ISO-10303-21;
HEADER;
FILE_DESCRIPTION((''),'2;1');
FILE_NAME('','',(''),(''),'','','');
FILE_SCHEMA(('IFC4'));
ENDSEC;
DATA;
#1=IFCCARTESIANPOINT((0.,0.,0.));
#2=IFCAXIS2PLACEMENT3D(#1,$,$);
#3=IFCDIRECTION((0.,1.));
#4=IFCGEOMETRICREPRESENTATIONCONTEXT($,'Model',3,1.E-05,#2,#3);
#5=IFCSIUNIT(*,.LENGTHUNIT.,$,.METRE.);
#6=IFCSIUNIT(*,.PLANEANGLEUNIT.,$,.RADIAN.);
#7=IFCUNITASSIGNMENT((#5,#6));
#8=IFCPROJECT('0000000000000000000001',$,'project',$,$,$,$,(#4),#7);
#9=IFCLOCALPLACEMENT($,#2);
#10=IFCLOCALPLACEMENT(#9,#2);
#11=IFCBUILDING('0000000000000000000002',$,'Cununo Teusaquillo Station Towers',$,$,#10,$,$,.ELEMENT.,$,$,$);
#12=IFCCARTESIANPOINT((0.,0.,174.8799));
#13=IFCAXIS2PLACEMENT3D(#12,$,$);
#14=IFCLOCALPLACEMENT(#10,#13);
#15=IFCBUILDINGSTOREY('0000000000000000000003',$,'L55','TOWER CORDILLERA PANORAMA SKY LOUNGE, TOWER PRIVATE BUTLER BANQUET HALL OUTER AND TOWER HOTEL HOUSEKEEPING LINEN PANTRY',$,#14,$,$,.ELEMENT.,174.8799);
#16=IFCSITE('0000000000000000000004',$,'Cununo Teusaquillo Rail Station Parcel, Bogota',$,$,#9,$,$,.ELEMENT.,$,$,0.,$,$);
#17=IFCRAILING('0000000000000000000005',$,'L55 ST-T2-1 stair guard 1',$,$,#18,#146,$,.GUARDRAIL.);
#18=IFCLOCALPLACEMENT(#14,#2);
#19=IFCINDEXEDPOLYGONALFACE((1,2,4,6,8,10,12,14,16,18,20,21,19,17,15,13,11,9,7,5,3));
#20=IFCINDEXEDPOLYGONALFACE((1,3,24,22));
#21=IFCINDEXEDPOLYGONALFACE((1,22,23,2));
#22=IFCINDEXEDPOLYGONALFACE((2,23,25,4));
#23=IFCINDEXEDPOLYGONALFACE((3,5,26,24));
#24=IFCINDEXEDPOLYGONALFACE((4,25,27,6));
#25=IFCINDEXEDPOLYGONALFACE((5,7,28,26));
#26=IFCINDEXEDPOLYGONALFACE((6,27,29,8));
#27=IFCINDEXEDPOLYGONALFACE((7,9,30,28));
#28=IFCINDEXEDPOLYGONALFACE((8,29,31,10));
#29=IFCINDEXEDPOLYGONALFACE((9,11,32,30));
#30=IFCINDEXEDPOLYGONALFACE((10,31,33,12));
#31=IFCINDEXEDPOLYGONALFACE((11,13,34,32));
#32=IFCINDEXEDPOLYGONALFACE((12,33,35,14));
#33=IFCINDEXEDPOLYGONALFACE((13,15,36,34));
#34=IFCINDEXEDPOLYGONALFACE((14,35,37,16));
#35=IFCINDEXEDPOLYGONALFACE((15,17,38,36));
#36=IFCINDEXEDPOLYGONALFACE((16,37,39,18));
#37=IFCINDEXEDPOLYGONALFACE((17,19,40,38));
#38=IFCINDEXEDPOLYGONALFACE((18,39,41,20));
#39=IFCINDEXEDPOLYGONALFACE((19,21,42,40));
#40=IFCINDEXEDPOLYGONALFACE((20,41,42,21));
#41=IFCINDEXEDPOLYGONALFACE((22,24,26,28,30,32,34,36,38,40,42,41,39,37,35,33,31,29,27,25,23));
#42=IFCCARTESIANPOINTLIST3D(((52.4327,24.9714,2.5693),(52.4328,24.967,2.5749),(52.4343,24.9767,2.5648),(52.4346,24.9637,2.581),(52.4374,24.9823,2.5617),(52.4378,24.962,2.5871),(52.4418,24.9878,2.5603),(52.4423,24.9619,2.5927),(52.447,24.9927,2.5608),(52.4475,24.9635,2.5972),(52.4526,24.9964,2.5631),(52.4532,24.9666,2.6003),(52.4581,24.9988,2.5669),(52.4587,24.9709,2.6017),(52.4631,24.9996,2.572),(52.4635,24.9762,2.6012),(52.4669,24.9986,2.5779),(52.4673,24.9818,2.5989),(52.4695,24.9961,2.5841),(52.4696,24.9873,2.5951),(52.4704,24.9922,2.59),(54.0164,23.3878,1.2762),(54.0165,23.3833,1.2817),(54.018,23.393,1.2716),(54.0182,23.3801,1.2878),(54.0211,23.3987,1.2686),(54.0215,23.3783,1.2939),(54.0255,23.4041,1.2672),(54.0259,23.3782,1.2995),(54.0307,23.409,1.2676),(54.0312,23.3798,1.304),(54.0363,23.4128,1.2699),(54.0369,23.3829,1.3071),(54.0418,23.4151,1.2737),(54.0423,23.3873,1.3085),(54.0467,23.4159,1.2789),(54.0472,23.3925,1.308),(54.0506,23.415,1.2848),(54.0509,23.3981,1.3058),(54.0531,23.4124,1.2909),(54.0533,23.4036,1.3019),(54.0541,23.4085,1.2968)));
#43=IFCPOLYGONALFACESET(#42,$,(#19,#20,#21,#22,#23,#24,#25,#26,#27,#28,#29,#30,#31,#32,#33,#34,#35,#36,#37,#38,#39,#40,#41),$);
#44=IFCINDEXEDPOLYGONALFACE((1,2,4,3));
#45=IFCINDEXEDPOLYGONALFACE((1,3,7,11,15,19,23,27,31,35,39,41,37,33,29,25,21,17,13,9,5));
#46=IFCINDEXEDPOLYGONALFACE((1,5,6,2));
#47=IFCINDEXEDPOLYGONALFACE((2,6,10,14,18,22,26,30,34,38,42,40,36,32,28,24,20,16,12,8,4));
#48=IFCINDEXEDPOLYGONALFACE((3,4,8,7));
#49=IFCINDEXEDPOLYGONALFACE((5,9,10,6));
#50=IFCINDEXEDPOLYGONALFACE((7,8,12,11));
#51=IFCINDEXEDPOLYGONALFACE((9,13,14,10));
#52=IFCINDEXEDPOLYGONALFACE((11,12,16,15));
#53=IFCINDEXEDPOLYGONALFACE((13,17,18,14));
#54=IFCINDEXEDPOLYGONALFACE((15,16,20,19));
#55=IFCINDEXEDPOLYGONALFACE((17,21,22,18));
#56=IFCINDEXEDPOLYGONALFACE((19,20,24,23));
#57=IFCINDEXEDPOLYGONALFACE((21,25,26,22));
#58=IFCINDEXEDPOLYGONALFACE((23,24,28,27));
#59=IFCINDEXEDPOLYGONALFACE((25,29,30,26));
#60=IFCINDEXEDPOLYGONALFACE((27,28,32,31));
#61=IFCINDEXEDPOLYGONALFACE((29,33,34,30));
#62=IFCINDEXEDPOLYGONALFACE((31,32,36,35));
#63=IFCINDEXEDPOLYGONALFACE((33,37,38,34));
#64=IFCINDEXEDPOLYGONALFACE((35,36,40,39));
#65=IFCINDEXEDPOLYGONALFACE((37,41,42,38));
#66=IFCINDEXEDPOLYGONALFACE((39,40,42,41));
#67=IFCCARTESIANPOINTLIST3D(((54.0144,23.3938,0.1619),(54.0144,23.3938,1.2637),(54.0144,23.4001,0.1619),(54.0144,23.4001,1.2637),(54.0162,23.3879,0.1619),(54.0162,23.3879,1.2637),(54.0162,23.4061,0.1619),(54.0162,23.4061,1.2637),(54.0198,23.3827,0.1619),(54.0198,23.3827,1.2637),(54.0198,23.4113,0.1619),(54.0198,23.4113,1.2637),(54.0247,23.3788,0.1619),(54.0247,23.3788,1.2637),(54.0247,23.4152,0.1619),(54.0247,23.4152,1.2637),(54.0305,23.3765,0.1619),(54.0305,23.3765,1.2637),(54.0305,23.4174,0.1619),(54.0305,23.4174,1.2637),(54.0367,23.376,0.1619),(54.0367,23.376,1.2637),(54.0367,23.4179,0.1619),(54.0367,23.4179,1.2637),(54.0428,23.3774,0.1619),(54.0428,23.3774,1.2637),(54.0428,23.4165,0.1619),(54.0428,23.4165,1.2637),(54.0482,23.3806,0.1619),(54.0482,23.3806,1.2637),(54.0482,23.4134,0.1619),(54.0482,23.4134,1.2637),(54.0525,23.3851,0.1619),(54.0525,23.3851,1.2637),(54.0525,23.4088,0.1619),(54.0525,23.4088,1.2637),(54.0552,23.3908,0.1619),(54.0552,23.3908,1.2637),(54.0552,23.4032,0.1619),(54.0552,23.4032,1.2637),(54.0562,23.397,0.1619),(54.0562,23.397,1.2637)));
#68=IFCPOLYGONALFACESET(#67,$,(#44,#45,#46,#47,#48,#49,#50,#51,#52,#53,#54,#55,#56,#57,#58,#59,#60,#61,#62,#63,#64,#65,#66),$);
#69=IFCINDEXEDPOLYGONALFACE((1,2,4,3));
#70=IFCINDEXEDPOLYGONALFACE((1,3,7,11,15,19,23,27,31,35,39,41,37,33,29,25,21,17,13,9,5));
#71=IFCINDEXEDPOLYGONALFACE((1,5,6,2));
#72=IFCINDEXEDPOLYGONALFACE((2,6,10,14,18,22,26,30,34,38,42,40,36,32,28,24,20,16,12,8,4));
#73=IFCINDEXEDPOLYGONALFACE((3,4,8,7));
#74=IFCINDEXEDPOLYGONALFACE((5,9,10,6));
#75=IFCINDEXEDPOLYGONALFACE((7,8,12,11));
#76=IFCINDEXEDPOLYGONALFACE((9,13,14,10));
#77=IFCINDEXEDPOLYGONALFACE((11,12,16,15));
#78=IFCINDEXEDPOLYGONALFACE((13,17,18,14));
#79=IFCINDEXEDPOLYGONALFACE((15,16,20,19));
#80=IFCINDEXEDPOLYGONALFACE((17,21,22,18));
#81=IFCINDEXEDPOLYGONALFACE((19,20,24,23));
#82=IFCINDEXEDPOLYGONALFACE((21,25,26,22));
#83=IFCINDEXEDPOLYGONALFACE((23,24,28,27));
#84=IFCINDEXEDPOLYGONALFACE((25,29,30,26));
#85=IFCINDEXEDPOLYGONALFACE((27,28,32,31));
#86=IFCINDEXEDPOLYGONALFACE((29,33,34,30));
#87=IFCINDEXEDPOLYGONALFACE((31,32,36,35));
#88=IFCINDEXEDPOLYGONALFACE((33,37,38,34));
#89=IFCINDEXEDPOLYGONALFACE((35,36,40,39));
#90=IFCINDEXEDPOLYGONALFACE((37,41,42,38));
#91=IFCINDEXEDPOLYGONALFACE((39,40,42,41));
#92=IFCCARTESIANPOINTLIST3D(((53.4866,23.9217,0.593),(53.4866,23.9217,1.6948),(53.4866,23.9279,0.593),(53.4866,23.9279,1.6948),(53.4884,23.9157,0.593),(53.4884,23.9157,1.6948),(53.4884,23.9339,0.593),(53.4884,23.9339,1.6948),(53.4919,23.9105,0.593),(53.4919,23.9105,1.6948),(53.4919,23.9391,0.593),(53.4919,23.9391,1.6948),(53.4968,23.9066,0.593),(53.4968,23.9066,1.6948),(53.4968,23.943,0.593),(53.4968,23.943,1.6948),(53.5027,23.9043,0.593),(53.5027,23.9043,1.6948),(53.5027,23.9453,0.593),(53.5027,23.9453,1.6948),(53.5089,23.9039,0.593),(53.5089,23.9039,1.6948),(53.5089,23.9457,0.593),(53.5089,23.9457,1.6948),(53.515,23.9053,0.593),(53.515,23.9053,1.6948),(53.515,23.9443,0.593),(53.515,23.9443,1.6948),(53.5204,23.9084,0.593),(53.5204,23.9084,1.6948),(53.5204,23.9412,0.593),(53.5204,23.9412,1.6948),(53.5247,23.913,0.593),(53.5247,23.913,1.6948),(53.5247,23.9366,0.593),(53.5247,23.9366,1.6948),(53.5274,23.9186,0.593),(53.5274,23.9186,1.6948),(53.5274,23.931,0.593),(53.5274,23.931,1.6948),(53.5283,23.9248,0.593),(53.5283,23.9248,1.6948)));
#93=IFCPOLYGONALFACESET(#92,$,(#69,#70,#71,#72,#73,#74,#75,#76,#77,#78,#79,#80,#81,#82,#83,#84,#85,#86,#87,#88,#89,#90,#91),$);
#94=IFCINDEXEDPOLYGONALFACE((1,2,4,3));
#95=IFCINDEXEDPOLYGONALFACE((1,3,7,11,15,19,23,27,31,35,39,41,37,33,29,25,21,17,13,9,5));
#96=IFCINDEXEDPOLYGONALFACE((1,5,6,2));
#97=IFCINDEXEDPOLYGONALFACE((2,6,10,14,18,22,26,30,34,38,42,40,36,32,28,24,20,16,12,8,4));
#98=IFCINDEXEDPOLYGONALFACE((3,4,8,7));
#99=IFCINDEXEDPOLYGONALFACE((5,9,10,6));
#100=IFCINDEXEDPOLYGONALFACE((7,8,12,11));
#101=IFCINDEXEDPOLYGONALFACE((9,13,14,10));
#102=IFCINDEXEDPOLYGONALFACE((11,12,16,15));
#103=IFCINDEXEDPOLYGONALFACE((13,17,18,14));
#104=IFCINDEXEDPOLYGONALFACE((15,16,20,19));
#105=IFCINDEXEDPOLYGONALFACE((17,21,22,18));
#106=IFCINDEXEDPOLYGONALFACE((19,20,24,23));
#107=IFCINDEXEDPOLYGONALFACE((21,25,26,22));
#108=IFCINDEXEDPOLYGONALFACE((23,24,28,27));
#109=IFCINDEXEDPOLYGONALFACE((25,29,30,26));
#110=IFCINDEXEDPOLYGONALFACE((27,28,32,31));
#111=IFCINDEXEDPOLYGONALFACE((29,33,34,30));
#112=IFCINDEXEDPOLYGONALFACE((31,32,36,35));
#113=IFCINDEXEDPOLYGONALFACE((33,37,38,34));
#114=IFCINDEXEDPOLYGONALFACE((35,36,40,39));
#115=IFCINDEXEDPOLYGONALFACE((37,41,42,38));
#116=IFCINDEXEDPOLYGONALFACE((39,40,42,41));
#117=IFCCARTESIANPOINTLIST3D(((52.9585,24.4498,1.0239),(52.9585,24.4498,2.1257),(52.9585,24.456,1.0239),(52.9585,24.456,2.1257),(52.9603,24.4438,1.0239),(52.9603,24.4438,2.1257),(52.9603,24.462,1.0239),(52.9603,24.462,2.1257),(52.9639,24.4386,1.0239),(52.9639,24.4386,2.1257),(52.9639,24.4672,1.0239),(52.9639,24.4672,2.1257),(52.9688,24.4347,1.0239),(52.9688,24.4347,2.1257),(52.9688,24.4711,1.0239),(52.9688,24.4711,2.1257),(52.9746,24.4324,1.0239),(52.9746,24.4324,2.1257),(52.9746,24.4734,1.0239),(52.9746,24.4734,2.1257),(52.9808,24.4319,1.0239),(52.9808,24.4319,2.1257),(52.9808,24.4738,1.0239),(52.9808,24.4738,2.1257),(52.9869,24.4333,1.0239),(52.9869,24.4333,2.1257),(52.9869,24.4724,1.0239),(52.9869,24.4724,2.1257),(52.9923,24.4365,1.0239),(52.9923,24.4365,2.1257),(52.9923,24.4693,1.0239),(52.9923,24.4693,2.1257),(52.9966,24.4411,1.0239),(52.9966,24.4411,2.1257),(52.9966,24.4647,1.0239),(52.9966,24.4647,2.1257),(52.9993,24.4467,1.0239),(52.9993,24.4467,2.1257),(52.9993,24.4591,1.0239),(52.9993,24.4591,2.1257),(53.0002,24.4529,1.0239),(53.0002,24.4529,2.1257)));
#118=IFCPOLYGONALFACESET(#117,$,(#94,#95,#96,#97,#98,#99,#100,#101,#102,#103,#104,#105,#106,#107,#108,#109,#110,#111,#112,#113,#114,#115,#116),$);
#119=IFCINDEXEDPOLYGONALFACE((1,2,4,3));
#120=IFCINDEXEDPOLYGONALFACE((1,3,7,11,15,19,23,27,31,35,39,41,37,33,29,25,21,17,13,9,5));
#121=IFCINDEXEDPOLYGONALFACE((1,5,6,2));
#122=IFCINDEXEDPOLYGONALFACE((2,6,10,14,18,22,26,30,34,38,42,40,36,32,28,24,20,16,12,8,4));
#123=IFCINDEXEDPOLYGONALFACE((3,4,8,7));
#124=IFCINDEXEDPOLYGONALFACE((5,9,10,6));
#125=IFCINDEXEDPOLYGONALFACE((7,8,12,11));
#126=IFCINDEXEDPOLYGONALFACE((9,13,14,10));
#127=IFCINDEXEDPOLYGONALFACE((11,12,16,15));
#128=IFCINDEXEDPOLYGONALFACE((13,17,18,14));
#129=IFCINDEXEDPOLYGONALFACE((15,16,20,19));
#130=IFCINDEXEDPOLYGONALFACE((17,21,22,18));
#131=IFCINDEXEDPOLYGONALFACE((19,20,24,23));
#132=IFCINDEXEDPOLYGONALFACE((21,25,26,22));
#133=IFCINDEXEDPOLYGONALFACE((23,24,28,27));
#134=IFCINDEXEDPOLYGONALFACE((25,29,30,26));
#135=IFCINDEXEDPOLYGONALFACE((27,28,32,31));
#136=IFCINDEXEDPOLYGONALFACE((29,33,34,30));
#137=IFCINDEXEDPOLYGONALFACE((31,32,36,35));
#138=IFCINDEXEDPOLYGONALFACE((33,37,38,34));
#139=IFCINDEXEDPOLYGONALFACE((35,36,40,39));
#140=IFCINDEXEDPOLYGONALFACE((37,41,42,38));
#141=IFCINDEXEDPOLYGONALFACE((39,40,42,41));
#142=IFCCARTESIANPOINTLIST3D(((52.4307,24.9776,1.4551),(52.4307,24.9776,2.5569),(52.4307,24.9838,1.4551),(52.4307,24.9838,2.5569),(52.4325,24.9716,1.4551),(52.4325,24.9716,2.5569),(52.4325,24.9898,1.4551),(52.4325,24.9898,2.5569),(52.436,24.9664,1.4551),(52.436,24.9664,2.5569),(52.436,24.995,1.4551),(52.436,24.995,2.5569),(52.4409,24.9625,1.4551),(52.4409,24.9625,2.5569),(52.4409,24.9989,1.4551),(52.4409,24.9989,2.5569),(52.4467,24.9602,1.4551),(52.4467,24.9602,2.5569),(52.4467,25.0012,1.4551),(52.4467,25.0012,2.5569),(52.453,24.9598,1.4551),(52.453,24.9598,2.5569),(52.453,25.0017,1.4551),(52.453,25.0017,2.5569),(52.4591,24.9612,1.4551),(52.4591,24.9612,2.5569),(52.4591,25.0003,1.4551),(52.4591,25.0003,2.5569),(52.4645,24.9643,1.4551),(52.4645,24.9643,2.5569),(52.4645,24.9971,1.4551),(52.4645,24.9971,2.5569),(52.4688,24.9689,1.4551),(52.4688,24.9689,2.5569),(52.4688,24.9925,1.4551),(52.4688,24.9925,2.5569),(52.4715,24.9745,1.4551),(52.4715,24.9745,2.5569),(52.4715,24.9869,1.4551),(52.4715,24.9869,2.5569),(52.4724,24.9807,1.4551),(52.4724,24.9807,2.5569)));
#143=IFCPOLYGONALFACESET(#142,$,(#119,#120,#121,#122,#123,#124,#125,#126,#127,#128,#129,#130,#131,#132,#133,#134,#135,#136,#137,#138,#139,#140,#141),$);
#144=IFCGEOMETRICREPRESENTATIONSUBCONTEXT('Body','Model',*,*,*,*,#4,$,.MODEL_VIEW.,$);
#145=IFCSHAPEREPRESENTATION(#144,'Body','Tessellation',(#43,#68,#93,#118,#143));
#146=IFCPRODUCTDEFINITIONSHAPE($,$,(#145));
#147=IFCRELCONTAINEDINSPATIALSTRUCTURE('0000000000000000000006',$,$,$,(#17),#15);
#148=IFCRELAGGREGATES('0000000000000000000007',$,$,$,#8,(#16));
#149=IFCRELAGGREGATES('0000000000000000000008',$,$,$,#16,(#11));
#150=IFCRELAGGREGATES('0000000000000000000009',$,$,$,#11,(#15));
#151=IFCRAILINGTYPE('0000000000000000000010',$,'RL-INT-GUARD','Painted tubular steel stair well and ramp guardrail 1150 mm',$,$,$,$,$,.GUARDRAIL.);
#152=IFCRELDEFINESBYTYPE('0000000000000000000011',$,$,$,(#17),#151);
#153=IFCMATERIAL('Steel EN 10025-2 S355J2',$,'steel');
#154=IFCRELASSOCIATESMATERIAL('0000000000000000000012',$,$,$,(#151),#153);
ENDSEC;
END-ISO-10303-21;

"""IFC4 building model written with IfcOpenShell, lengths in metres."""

from ifc_helpers import new_model, si_unit, direction, frame, origin, origin_2d, place, context, subcontext, project, spatial, circle, extrude, material, type_object, element, save


model = new_model("IFC4")

# Units and contexts
model_context = context("Model", 3, precision=1e-05, world=origin(), true_north=direction((0.0, 1.0)))
body_context = subcontext(model_context, "Body", "Model", "MODEL_VIEW")
ifc_project = project(units=[si_unit("LENGTHUNIT", "METRE"), si_unit("PLANEANGLEUNIT", "RADIAN")], contexts=[model_context])

# Site, building, storey
site_placement = place(None, origin())
site = spatial("IfcSite", under=ifc_project, at=site_placement, Name="Cununo Teusaquillo Rail Station Parcel, Bogota", CompositionType="ELEMENT", RefElevation=0.0)
building_placement = place(site_placement, origin())
building = spatial("IfcBuilding", under=site, at=building_placement, Name="Cununo Teusaquillo Station Towers", CompositionType="ELEMENT")
storey_placement = place(building_placement, frame((0.0, 0.0, 174.8799)))
storey = spatial("IfcBuildingStorey", under=building, at=storey_placement, Name="L55", Description="TOWER CORDILLERA PANORAMA SKY LOUNGE, TOWER PRIVATE BUTLER BANQUET HALL OUTER AND TOWER HOTEL HOUSEKEEPING LINEN PANTRY", CompositionType="ELEMENT", Elevation=174.8799)

# Railing
ifc_material_1 = material(Name="Steel EN 10025-2 S355J2", Category="steel")
railing_type_1 = type_object("IfcRailingType", Name="RL-INT-GUARD", Description="Painted tubular steel stair well and ramp guardrail 1150 mm", PredefinedType="GUARDRAIL", material=ifc_material_1)
railing_1_placement = place(storey_placement, frame((54.0352, 23.397, 0.1619)))
element("IfcRailing", 1, at=railing_1_placement, inside=storey, type_object=railing_type_1, Name="L55 ST-T2-1 stair guard 1", PredefinedType="GUARDRAIL", context=body_context, shape_type="SweptSolid", body=[
    extrude(circle(Radius=0.0239, at=origin_2d()), frame((0.0, 0.0, 1.126), z_axis=(-0.612361, 0.612361, 0.500027), x_axis=(-0.707107, -0.707107, 0.0)), (0.0, 0.0, 1.0), 2.5862),
    extrude(circle(Radius=0.021, at=origin_2d()), origin(), (0.0, 0.0, 1.0), 1.1018),
    extrude(circle(Radius=0.021, at=origin_2d()), frame((-0.5278, 0.5278, 0.4312)), (0.0, 0.0, 1.0), 1.1018),
    extrude(circle(Radius=0.021, at=origin_2d()), frame((-1.0559, 1.0559, 0.8621)), (0.0, 0.0, 1.0), 1.1018),
    extrude(circle(Radius=0.021, at=origin_2d()), frame((-1.5837, 1.5837, 1.2932)), (0.0, 0.0, 1.0), 1.1018),
])

save(model, "model.ifc")
